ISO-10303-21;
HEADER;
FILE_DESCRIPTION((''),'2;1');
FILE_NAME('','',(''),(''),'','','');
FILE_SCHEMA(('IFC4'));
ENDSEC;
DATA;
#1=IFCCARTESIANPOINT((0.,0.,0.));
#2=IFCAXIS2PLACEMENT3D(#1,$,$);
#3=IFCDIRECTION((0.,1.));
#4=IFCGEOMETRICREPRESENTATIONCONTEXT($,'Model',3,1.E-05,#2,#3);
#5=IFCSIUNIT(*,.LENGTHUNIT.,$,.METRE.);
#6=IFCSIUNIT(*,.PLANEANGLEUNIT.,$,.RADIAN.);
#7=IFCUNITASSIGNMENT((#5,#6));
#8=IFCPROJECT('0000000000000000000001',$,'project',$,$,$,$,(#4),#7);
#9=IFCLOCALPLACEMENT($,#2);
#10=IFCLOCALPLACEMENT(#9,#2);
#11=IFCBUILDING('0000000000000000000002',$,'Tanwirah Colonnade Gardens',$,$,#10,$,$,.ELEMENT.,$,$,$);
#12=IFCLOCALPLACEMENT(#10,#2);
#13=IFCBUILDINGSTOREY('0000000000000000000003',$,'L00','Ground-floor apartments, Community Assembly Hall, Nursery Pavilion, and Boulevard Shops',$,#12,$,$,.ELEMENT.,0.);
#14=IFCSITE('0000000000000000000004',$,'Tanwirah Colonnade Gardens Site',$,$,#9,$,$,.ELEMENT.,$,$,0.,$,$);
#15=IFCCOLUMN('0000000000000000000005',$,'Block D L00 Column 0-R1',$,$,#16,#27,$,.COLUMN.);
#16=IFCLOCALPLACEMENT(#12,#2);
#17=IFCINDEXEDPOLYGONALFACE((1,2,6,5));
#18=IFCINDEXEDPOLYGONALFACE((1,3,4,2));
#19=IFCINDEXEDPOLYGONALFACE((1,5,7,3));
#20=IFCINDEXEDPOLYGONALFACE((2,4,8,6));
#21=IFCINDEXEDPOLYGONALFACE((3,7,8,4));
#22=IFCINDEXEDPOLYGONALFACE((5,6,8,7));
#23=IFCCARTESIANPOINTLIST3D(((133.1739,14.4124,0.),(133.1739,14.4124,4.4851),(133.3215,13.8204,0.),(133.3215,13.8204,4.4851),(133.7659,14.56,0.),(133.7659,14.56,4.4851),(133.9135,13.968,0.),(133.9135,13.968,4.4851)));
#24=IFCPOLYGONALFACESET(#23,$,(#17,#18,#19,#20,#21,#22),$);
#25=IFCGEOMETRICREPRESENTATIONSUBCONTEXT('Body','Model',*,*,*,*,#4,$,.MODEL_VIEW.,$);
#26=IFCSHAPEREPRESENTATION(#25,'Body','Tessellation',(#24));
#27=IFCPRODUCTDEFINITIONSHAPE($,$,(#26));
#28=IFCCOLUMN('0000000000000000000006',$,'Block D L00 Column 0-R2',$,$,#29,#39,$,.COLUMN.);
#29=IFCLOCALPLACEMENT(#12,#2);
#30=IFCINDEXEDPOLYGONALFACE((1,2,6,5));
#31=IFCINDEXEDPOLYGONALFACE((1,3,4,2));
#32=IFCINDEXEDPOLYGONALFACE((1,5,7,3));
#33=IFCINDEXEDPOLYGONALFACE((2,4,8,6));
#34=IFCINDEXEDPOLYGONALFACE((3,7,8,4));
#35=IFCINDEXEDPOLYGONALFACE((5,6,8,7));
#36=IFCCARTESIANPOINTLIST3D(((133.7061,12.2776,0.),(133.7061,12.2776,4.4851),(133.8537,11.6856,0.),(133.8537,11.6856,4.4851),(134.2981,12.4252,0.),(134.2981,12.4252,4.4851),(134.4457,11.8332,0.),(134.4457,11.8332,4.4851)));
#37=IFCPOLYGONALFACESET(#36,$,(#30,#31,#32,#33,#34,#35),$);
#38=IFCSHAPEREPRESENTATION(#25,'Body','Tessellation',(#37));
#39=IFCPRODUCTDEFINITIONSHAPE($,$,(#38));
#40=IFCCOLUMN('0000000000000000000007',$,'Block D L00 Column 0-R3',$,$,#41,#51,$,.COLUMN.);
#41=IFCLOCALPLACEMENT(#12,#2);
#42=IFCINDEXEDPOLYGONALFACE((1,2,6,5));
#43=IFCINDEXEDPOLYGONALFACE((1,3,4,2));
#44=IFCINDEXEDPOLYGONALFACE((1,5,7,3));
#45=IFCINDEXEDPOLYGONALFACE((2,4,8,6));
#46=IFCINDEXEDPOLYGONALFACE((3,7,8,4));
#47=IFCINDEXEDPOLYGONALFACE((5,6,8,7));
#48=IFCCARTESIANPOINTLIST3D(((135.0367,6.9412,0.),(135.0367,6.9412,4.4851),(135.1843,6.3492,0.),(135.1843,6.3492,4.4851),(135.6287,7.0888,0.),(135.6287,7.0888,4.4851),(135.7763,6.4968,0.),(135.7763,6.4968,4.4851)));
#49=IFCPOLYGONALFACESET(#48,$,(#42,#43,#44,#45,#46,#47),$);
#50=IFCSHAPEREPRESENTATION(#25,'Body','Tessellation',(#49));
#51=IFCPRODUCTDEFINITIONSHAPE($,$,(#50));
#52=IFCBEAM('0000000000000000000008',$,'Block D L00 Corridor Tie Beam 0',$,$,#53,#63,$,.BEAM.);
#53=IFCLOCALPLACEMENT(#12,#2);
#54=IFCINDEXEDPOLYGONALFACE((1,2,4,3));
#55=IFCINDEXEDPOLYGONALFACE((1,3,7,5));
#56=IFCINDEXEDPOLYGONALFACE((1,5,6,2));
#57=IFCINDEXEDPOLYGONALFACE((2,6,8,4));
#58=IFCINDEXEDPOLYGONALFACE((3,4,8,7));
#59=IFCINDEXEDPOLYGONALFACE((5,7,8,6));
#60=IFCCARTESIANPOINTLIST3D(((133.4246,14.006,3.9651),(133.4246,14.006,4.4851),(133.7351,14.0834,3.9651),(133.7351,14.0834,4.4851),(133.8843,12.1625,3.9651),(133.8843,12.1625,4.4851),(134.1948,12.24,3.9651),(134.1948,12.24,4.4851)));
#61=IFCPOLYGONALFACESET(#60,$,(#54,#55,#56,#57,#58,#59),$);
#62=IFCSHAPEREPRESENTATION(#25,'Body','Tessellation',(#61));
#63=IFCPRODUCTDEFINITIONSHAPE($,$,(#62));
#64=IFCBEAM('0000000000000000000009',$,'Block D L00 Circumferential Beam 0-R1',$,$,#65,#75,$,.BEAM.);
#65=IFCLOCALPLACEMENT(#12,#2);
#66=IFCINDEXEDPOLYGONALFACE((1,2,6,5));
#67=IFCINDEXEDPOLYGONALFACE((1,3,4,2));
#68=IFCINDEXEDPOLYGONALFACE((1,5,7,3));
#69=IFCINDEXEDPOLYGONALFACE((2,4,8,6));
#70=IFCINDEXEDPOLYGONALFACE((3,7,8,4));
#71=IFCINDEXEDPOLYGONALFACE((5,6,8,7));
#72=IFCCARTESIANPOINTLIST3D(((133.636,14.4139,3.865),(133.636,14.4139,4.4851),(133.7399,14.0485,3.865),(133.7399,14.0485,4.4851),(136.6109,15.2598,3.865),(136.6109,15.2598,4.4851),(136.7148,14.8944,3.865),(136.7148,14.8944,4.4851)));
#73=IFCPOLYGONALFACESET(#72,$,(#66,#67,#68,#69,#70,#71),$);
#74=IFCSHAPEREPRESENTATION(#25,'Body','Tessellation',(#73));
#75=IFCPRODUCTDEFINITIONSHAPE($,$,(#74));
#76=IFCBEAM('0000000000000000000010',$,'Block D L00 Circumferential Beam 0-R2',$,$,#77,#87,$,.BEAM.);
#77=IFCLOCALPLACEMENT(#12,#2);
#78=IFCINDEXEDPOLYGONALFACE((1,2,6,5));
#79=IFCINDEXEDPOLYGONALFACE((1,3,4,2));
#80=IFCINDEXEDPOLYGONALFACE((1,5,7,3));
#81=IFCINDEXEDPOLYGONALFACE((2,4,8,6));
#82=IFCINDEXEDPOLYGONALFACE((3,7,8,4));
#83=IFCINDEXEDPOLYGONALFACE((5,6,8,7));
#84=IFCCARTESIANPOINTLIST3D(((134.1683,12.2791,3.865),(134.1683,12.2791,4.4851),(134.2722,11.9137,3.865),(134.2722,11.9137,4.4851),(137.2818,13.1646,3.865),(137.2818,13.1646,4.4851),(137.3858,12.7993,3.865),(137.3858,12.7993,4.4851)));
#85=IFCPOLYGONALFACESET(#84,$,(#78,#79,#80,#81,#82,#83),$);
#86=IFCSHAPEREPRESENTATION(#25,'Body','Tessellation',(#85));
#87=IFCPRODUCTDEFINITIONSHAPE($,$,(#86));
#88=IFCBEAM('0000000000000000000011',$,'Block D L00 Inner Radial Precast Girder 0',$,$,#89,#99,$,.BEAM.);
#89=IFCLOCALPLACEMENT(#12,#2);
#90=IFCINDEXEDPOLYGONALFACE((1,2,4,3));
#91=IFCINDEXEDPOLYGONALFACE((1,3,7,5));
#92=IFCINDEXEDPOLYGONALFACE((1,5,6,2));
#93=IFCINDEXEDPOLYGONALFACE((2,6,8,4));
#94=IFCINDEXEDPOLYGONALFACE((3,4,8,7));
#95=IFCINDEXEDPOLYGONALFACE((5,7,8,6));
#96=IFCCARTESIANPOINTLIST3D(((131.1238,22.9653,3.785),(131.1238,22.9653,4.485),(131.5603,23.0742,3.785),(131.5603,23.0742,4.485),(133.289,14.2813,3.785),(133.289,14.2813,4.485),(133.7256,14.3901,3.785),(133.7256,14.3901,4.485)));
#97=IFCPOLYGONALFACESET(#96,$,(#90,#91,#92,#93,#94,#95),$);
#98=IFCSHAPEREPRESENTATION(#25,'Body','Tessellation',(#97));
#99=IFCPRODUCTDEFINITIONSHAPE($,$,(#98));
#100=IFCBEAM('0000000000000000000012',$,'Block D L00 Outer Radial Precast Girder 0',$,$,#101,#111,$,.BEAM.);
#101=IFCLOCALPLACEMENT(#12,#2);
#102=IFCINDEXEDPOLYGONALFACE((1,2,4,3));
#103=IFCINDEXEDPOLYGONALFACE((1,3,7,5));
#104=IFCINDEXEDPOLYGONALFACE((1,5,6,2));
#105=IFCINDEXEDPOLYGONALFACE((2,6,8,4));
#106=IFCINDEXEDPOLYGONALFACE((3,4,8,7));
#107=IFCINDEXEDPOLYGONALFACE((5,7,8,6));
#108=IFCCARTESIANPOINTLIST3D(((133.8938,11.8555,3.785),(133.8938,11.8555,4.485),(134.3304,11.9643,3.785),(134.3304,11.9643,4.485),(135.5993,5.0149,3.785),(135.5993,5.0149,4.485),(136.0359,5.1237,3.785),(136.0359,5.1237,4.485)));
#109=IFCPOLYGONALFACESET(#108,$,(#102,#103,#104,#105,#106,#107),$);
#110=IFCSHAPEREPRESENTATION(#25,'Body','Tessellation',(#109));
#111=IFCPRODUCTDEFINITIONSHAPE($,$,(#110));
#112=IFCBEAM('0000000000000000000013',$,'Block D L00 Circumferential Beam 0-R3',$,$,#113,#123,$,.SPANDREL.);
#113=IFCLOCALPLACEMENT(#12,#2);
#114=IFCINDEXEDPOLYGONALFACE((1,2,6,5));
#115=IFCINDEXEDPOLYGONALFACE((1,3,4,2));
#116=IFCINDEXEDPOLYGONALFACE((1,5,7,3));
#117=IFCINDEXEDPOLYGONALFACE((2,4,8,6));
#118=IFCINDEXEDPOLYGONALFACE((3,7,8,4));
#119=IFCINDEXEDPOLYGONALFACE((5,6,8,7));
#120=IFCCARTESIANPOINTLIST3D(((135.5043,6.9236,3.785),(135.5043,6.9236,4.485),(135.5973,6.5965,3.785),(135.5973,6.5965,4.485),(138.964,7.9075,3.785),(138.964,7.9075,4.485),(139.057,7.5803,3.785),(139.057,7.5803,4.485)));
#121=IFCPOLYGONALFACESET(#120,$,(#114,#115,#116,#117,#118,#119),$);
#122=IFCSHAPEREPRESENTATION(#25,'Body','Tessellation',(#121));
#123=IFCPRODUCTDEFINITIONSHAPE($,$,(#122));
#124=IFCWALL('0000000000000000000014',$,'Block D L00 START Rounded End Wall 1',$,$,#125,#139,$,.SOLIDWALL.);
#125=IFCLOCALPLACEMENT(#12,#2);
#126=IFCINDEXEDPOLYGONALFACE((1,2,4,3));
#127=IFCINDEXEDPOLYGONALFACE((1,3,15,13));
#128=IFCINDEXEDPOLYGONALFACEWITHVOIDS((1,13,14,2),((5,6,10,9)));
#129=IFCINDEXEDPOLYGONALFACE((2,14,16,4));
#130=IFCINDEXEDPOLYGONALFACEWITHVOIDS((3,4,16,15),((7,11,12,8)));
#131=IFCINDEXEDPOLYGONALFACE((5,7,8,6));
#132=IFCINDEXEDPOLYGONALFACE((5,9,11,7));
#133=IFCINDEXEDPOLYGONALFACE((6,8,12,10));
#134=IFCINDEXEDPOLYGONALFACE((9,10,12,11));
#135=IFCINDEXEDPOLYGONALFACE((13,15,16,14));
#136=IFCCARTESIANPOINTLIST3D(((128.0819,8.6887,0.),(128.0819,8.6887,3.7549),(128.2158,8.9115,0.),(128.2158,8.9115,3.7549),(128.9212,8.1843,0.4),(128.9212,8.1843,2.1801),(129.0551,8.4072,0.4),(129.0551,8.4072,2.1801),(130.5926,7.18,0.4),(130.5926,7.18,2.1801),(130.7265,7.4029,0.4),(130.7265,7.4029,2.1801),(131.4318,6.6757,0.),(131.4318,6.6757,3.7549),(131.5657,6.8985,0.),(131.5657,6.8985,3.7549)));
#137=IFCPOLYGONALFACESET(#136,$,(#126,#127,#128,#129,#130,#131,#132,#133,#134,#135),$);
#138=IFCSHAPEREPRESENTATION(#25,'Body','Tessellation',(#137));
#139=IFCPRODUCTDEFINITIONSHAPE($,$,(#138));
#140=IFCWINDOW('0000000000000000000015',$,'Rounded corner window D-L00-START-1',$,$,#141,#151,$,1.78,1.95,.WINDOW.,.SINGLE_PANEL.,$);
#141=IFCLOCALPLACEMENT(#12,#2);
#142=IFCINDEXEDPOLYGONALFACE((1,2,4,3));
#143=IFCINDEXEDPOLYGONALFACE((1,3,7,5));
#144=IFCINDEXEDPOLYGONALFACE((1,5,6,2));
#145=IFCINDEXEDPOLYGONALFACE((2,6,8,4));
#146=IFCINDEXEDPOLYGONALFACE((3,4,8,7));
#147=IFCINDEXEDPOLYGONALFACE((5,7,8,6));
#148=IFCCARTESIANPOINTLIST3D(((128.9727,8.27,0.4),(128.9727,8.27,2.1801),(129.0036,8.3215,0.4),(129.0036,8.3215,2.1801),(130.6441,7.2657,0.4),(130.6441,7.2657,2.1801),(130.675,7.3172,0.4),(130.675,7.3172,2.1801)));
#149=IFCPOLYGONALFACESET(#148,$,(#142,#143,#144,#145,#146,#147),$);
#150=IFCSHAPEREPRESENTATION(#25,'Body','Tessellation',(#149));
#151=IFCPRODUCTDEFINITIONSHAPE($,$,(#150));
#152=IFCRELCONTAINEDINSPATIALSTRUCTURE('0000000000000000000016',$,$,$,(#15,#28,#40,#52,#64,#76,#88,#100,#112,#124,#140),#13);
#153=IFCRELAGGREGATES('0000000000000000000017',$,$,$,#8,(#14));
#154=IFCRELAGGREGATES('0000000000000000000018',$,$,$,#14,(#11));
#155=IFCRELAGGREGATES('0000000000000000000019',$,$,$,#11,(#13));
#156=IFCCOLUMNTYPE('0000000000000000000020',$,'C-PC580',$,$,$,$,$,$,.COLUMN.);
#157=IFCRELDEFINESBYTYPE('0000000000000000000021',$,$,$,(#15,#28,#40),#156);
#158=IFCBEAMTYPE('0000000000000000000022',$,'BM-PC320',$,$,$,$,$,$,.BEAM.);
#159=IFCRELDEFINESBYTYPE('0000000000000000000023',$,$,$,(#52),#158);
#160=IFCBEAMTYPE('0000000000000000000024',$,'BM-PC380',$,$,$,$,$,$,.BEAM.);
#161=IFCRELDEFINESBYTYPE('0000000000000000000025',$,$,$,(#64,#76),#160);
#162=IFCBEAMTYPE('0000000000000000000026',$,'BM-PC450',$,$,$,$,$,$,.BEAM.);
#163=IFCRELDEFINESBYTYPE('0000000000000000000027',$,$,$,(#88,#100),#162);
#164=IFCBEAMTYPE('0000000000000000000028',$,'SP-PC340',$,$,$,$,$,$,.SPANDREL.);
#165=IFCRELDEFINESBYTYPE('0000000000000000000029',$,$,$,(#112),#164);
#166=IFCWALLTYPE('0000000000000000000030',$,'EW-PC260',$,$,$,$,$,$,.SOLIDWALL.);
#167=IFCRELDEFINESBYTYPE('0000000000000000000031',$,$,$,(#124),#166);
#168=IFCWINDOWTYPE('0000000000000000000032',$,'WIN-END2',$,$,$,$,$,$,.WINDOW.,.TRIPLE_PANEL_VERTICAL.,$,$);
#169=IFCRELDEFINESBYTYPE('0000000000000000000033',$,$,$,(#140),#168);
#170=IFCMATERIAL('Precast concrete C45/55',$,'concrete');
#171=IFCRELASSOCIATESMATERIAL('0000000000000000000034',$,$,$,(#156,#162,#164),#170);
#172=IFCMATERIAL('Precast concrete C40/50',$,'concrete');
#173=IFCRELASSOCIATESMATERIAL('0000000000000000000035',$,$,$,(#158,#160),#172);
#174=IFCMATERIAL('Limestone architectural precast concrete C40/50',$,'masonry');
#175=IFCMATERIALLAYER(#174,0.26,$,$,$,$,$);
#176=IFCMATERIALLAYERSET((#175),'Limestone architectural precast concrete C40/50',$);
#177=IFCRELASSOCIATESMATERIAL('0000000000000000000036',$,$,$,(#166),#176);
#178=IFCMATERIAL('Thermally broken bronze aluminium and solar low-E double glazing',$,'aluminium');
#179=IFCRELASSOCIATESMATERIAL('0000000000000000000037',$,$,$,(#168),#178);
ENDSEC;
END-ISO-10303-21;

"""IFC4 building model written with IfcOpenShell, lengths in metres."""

from ifc_helpers import new_model, si_unit, direction, frame, frame_2d, origin, origin_2d, place, context, subcontext, project, spatial, rectangle, extrude, material, layer, layer_set, material_profile, profile_set, type_object, element, fill, save


model = new_model("IFC4")

# Units and contexts
model_context = context("Model", 3, precision=1e-05, world=origin(), true_north=direction((0.0, 1.0)))
body_context = subcontext(model_context, "Body", "Model", "MODEL_VIEW")
ifc_project = project(units=[si_unit("LENGTHUNIT", "METRE"), si_unit("PLANEANGLEUNIT", "RADIAN")], contexts=[model_context])

# Site, building, storey
site_placement = place(None, origin())
site = spatial("IfcSite", under=ifc_project, at=site_placement, Name="Tanwirah Colonnade Gardens Site", CompositionType="ELEMENT", RefElevation=0.0)
building_placement = place(site_placement, origin())
building = spatial("IfcBuilding", under=site, at=building_placement, Name="Tanwirah Colonnade Gardens", CompositionType="ELEMENT")
storey_placement = place(building_placement, origin())
storey = spatial("IfcBuildingStorey", under=building, at=storey_placement, Name="L00", Description="Ground-floor apartments, Community Assembly Hall, Nursery Pavilion, and Boulevard Shops", CompositionType="ELEMENT", Elevation=0.0)

# Columns
ifc_material_1 = material(Name="Precast concrete C45/55", Category="concrete")
ifc_material_profile_1 = material_profile(ifc_material_1, rectangle(XDim=0.6101, YDim=0.6101, at=origin_2d()), Name="PC-COL 610x610")
ifc_profile_set_1 = profile_set([ifc_material_profile_1], Name="Precast concrete C45/55")
column_type = type_object("IfcColumnType", Name="C-PC580", PredefinedType="COLUMN", material=ifc_profile_set_1)
for number, where, z_axis, x_axis, name in (
    (1, (133.5437, 14.1902, 0.0), (0.0, 0.0, 1.0), (0.241922, -0.970296, 0.0), "Block D L00 Column 0-R1"),
    (2, (134.0759, 12.0554, 0.0), (0.0, 0.0, 1.0), (0.241922, -0.970296, 0.0), "Block D L00 Column 0-R2"),
    (3, (135.4065, 6.719, 0.0), (0.0, 0.0, 1.0), (0.241922, -0.970296, 0.0), "Block D L00 Column 0-R3"),
):
    element("IfcColumn", number, at=place(storey_placement, frame(where, z_axis=z_axis, x_axis=x_axis)), inside=storey, type_object=column_type, Name=name, PredefinedType="COLUMN", context=body_context, shape_type="SweptSolid", body=[
        extrude(rectangle(XDim=0.6101, YDim=0.6101, at=origin_2d()), origin(), (0.0, 0.0, 1.0), 4.4851),
    ])

# Beams
ifc_material_2 = material(Name="Precast concrete C40/50", Category="concrete")
ifc_material_profile_2 = material_profile(ifc_material_2, rectangle(XDim=0.3201, YDim=0.52, at=origin_2d()), Name="PC-BM 320x520")
ifc_profile_set_2 = profile_set([ifc_material_profile_2], Name="Precast concrete C40/50")
beam_type_1 = type_object("IfcBeamType", Name="BM-PC320", PredefinedType="BEAM", material=ifc_profile_set_2)
beam_1_placement = place(storey_placement, frame((133.5798, 14.0447, 4.2251), z_axis=(0.241961, -0.970286, 0.0), x_axis=(0.970286, 0.241961, 0.0)))
element("IfcBeam", 4, at=beam_1_placement, inside=storey, type_object=beam_type_1, Name="Block D L00 Corridor Tie Beam 0", PredefinedType="BEAM", context=body_context, shape_type="SweptSolid", body=[
    extrude(rectangle(XDim=0.3201, YDim=0.52, at=origin_2d()), origin(), (0.0, 0.0, 1.0), 1.8999),
])
ifc_material_profile_3 = material_profile(ifc_material_2, rectangle(XDim=0.3799, YDim=0.6201, at=origin_2d()), Name="PC-BM 380x620")
ifc_profile_set_3 = profile_set([ifc_material_profile_3], Name="Precast concrete C40/50")
beam_type_2 = type_object("IfcBeamType", Name="BM-PC380", PredefinedType="BEAM", material=ifc_profile_set_3)
beam_2_placement = place(storey_placement, frame((133.688, 14.2312, 4.175), z_axis=(0.961866, 0.273522, 0.0), x_axis=(-0.273522, 0.961866, 0.0)))
element("IfcBeam", 5, at=beam_2_placement, inside=storey, type_object=beam_type_2, Name="Block D L00 Circumferential Beam 0-R1", PredefinedType="BEAM", context=body_context, shape_type="SweptSolid", body=[
    extrude(rectangle(XDim=0.3799, YDim=0.6201, at=origin_2d()), origin(), (0.0, 0.0, 1.0), 3.0928),
])
beam_3_placement = place(storey_placement, frame((134.2202, 12.0964, 4.175), z_axis=(0.961856, 0.273555, 0.0), x_axis=(-0.273555, 0.961856, 0.0)))
element("IfcBeam", 6, at=beam_3_placement, inside=storey, type_object=beam_type_2, Name="Block D L00 Circumferential Beam 0-R2", PredefinedType="BEAM", context=body_context, shape_type="SweptSolid", body=[
    extrude(rectangle(XDim=0.3799, YDim=0.6201, at=origin_2d()), origin(), (0.0, 0.0, 1.0), 3.2371),
])
ifc_material_profile_4 = material_profile(ifc_material_1, rectangle(XDim=0.45, YDim=0.7, at=origin_2d()), Name="PC-BM 450x700")
ifc_profile_set_4 = profile_set([ifc_material_profile_4], Name="Precast concrete C45/55")
beam_type_3 = type_object("IfcBeamType", Name="BM-PC450", PredefinedType="BEAM", material=ifc_profile_set_4)
beam_4_placement = place(storey_placement, frame((133.5073, 14.3357, 4.135), z_axis=(-0.241932, 0.970293, 0.0), x_axis=(-0.970293, -0.241932, 0.0)))
element("IfcBeam", 7, at=beam_4_placement, inside=storey, type_object=beam_type_3, Name="Block D L00 Inner Radial Precast Girder 0", PredefinedType="BEAM", context=body_context, shape_type="SweptSolid", body=[
    extrude(rectangle(XDim=0.45, YDim=0.7, at=origin_2d()), origin(), (0.0, 0.0, 1.0), 8.95),
])
beam_5_placement = place(storey_placement, frame((134.1121, 11.9099, 4.135), z_axis=(0.241924, -0.970295, 0.0), x_axis=(0.970295, 0.241924, 0.0)))
element("IfcBeam", 8, at=beam_5_placement, inside=storey, type_object=beam_type_3, Name="Block D L00 Outer Radial Precast Girder 0", PredefinedType="BEAM", context=body_context, shape_type="SweptSolid", body=[
    extrude(rectangle(XDim=0.45, YDim=0.7, at=origin_2d()), origin(), (0.0, 0.0, 1.0), 7.05),
])
ifc_material_profile_5 = material_profile(ifc_material_1, rectangle(XDim=0.3401, YDim=0.7, at=origin_2d()), Name="PC-SP 340x700")
ifc_profile_set_5 = profile_set([ifc_material_profile_5], Name="Precast concrete C45/55")
beam_type_4 = type_object("IfcBeamType", Name="SP-PC340", PredefinedType="SPANDREL", material=ifc_profile_set_5)
beam_6_placement = place(storey_placement, frame((135.5508, 6.76, 4.135), z_axis=(0.961861, 0.273538, 0.0), x_axis=(-0.273538, 0.961861, 0.0)))
element("IfcBeam", 9, at=beam_6_placement, inside=storey, type_object=beam_type_4, Name="Block D L00 Circumferential Beam 0-R3", PredefinedType="SPANDREL", context=body_context, shape_type="SweptSolid", body=[
    extrude(rectangle(XDim=0.3401, YDim=0.7, at=origin_2d()), origin(), (0.0, 0.0, 1.0), 3.5969),
])

# Wall, opening, window
ifc_material_3 = material(Name="Limestone architectural precast concrete C40/50", Category="masonry")
ifc_layer_1 = layer(ifc_material_3, 0.26)
ifc_layer_set_1 = layer_set([ifc_layer_1], Name="Limestone architectural precast concrete C40/50")
wall_type_1 = type_object("IfcWallType", Name="EW-PC260", PredefinedType="SOLIDWALL", material=ifc_layer_set_1)
wall_1_placement = place(storey_placement, frame((131.4988, 6.7871, 0.0), z_axis=(0.0, 0.0, 1.0), x_axis=(-0.857151, 0.515065, 0.0)))
wall_1 = element("IfcWall", 10, at=wall_1_placement, inside=storey, type_object=wall_type_1, Name="Block D L00 START Rounded End Wall 1", PredefinedType="SOLIDWALL", context=body_context, shape_type="SweptSolid", body=[
    extrude(rectangle(XDim=3.9082, YDim=0.26, at=frame_2d((1.9541, 0.0))), origin(), (0.0, 0.0, 1.0), 3.7549),
])
opening_1_placement = place(wall_1_placement, frame((0.979, 0.0, 0.3999)))
opening_1 = element("IfcOpeningElement", 11, at=opening_1_placement, cuts=wall_1, PredefinedType="OPENING", context=body_context, shape_type="SweptSolid", body=[
    extrude(rectangle(XDim=1.95, YDim=1.78, at=frame_2d((0.9751, 0.8901))), frame((0.0, 0.1399, 0.0), z_axis=(0.0, -1.0, 0.0), x_axis=(1.0, 0.0, 0.0)), (0.0, 0.0, 1.0), 0.28),
])
ifc_material_4 = material(Name="Thermally broken bronze aluminium and solar low-E double glazing", Category="aluminium")
window_type_1 = type_object("IfcWindowType", Name="WIN-END2", PartitioningType="TRIPLE_PANEL_VERTICAL", PredefinedType="WINDOW", material=ifc_material_4)
window_1_placement = place(opening_1_placement, origin())
window_1 = element("IfcWindow", 12, at=window_1_placement, inside=storey, type_object=window_type_1, Name="Rounded corner window D-L00-START-1", OverallHeight=1.78, OverallWidth=1.95, PartitioningType="SINGLE_PANEL", PredefinedType="WINDOW", context=body_context, shape_type="SweptSolid", body=[
    extrude(rectangle(XDim=1.95, YDim=1.78, at=frame_2d((0.9751, 0.8901))), frame((0.0, 0.03, 0.0), z_axis=(0.0, -1.0, 0.0), x_axis=(1.0, 0.0, 0.0)), (0.0, 0.0, 1.0), 0.0601),
])
fill(opening_1, window_1)

save(model, "model.ifc")
